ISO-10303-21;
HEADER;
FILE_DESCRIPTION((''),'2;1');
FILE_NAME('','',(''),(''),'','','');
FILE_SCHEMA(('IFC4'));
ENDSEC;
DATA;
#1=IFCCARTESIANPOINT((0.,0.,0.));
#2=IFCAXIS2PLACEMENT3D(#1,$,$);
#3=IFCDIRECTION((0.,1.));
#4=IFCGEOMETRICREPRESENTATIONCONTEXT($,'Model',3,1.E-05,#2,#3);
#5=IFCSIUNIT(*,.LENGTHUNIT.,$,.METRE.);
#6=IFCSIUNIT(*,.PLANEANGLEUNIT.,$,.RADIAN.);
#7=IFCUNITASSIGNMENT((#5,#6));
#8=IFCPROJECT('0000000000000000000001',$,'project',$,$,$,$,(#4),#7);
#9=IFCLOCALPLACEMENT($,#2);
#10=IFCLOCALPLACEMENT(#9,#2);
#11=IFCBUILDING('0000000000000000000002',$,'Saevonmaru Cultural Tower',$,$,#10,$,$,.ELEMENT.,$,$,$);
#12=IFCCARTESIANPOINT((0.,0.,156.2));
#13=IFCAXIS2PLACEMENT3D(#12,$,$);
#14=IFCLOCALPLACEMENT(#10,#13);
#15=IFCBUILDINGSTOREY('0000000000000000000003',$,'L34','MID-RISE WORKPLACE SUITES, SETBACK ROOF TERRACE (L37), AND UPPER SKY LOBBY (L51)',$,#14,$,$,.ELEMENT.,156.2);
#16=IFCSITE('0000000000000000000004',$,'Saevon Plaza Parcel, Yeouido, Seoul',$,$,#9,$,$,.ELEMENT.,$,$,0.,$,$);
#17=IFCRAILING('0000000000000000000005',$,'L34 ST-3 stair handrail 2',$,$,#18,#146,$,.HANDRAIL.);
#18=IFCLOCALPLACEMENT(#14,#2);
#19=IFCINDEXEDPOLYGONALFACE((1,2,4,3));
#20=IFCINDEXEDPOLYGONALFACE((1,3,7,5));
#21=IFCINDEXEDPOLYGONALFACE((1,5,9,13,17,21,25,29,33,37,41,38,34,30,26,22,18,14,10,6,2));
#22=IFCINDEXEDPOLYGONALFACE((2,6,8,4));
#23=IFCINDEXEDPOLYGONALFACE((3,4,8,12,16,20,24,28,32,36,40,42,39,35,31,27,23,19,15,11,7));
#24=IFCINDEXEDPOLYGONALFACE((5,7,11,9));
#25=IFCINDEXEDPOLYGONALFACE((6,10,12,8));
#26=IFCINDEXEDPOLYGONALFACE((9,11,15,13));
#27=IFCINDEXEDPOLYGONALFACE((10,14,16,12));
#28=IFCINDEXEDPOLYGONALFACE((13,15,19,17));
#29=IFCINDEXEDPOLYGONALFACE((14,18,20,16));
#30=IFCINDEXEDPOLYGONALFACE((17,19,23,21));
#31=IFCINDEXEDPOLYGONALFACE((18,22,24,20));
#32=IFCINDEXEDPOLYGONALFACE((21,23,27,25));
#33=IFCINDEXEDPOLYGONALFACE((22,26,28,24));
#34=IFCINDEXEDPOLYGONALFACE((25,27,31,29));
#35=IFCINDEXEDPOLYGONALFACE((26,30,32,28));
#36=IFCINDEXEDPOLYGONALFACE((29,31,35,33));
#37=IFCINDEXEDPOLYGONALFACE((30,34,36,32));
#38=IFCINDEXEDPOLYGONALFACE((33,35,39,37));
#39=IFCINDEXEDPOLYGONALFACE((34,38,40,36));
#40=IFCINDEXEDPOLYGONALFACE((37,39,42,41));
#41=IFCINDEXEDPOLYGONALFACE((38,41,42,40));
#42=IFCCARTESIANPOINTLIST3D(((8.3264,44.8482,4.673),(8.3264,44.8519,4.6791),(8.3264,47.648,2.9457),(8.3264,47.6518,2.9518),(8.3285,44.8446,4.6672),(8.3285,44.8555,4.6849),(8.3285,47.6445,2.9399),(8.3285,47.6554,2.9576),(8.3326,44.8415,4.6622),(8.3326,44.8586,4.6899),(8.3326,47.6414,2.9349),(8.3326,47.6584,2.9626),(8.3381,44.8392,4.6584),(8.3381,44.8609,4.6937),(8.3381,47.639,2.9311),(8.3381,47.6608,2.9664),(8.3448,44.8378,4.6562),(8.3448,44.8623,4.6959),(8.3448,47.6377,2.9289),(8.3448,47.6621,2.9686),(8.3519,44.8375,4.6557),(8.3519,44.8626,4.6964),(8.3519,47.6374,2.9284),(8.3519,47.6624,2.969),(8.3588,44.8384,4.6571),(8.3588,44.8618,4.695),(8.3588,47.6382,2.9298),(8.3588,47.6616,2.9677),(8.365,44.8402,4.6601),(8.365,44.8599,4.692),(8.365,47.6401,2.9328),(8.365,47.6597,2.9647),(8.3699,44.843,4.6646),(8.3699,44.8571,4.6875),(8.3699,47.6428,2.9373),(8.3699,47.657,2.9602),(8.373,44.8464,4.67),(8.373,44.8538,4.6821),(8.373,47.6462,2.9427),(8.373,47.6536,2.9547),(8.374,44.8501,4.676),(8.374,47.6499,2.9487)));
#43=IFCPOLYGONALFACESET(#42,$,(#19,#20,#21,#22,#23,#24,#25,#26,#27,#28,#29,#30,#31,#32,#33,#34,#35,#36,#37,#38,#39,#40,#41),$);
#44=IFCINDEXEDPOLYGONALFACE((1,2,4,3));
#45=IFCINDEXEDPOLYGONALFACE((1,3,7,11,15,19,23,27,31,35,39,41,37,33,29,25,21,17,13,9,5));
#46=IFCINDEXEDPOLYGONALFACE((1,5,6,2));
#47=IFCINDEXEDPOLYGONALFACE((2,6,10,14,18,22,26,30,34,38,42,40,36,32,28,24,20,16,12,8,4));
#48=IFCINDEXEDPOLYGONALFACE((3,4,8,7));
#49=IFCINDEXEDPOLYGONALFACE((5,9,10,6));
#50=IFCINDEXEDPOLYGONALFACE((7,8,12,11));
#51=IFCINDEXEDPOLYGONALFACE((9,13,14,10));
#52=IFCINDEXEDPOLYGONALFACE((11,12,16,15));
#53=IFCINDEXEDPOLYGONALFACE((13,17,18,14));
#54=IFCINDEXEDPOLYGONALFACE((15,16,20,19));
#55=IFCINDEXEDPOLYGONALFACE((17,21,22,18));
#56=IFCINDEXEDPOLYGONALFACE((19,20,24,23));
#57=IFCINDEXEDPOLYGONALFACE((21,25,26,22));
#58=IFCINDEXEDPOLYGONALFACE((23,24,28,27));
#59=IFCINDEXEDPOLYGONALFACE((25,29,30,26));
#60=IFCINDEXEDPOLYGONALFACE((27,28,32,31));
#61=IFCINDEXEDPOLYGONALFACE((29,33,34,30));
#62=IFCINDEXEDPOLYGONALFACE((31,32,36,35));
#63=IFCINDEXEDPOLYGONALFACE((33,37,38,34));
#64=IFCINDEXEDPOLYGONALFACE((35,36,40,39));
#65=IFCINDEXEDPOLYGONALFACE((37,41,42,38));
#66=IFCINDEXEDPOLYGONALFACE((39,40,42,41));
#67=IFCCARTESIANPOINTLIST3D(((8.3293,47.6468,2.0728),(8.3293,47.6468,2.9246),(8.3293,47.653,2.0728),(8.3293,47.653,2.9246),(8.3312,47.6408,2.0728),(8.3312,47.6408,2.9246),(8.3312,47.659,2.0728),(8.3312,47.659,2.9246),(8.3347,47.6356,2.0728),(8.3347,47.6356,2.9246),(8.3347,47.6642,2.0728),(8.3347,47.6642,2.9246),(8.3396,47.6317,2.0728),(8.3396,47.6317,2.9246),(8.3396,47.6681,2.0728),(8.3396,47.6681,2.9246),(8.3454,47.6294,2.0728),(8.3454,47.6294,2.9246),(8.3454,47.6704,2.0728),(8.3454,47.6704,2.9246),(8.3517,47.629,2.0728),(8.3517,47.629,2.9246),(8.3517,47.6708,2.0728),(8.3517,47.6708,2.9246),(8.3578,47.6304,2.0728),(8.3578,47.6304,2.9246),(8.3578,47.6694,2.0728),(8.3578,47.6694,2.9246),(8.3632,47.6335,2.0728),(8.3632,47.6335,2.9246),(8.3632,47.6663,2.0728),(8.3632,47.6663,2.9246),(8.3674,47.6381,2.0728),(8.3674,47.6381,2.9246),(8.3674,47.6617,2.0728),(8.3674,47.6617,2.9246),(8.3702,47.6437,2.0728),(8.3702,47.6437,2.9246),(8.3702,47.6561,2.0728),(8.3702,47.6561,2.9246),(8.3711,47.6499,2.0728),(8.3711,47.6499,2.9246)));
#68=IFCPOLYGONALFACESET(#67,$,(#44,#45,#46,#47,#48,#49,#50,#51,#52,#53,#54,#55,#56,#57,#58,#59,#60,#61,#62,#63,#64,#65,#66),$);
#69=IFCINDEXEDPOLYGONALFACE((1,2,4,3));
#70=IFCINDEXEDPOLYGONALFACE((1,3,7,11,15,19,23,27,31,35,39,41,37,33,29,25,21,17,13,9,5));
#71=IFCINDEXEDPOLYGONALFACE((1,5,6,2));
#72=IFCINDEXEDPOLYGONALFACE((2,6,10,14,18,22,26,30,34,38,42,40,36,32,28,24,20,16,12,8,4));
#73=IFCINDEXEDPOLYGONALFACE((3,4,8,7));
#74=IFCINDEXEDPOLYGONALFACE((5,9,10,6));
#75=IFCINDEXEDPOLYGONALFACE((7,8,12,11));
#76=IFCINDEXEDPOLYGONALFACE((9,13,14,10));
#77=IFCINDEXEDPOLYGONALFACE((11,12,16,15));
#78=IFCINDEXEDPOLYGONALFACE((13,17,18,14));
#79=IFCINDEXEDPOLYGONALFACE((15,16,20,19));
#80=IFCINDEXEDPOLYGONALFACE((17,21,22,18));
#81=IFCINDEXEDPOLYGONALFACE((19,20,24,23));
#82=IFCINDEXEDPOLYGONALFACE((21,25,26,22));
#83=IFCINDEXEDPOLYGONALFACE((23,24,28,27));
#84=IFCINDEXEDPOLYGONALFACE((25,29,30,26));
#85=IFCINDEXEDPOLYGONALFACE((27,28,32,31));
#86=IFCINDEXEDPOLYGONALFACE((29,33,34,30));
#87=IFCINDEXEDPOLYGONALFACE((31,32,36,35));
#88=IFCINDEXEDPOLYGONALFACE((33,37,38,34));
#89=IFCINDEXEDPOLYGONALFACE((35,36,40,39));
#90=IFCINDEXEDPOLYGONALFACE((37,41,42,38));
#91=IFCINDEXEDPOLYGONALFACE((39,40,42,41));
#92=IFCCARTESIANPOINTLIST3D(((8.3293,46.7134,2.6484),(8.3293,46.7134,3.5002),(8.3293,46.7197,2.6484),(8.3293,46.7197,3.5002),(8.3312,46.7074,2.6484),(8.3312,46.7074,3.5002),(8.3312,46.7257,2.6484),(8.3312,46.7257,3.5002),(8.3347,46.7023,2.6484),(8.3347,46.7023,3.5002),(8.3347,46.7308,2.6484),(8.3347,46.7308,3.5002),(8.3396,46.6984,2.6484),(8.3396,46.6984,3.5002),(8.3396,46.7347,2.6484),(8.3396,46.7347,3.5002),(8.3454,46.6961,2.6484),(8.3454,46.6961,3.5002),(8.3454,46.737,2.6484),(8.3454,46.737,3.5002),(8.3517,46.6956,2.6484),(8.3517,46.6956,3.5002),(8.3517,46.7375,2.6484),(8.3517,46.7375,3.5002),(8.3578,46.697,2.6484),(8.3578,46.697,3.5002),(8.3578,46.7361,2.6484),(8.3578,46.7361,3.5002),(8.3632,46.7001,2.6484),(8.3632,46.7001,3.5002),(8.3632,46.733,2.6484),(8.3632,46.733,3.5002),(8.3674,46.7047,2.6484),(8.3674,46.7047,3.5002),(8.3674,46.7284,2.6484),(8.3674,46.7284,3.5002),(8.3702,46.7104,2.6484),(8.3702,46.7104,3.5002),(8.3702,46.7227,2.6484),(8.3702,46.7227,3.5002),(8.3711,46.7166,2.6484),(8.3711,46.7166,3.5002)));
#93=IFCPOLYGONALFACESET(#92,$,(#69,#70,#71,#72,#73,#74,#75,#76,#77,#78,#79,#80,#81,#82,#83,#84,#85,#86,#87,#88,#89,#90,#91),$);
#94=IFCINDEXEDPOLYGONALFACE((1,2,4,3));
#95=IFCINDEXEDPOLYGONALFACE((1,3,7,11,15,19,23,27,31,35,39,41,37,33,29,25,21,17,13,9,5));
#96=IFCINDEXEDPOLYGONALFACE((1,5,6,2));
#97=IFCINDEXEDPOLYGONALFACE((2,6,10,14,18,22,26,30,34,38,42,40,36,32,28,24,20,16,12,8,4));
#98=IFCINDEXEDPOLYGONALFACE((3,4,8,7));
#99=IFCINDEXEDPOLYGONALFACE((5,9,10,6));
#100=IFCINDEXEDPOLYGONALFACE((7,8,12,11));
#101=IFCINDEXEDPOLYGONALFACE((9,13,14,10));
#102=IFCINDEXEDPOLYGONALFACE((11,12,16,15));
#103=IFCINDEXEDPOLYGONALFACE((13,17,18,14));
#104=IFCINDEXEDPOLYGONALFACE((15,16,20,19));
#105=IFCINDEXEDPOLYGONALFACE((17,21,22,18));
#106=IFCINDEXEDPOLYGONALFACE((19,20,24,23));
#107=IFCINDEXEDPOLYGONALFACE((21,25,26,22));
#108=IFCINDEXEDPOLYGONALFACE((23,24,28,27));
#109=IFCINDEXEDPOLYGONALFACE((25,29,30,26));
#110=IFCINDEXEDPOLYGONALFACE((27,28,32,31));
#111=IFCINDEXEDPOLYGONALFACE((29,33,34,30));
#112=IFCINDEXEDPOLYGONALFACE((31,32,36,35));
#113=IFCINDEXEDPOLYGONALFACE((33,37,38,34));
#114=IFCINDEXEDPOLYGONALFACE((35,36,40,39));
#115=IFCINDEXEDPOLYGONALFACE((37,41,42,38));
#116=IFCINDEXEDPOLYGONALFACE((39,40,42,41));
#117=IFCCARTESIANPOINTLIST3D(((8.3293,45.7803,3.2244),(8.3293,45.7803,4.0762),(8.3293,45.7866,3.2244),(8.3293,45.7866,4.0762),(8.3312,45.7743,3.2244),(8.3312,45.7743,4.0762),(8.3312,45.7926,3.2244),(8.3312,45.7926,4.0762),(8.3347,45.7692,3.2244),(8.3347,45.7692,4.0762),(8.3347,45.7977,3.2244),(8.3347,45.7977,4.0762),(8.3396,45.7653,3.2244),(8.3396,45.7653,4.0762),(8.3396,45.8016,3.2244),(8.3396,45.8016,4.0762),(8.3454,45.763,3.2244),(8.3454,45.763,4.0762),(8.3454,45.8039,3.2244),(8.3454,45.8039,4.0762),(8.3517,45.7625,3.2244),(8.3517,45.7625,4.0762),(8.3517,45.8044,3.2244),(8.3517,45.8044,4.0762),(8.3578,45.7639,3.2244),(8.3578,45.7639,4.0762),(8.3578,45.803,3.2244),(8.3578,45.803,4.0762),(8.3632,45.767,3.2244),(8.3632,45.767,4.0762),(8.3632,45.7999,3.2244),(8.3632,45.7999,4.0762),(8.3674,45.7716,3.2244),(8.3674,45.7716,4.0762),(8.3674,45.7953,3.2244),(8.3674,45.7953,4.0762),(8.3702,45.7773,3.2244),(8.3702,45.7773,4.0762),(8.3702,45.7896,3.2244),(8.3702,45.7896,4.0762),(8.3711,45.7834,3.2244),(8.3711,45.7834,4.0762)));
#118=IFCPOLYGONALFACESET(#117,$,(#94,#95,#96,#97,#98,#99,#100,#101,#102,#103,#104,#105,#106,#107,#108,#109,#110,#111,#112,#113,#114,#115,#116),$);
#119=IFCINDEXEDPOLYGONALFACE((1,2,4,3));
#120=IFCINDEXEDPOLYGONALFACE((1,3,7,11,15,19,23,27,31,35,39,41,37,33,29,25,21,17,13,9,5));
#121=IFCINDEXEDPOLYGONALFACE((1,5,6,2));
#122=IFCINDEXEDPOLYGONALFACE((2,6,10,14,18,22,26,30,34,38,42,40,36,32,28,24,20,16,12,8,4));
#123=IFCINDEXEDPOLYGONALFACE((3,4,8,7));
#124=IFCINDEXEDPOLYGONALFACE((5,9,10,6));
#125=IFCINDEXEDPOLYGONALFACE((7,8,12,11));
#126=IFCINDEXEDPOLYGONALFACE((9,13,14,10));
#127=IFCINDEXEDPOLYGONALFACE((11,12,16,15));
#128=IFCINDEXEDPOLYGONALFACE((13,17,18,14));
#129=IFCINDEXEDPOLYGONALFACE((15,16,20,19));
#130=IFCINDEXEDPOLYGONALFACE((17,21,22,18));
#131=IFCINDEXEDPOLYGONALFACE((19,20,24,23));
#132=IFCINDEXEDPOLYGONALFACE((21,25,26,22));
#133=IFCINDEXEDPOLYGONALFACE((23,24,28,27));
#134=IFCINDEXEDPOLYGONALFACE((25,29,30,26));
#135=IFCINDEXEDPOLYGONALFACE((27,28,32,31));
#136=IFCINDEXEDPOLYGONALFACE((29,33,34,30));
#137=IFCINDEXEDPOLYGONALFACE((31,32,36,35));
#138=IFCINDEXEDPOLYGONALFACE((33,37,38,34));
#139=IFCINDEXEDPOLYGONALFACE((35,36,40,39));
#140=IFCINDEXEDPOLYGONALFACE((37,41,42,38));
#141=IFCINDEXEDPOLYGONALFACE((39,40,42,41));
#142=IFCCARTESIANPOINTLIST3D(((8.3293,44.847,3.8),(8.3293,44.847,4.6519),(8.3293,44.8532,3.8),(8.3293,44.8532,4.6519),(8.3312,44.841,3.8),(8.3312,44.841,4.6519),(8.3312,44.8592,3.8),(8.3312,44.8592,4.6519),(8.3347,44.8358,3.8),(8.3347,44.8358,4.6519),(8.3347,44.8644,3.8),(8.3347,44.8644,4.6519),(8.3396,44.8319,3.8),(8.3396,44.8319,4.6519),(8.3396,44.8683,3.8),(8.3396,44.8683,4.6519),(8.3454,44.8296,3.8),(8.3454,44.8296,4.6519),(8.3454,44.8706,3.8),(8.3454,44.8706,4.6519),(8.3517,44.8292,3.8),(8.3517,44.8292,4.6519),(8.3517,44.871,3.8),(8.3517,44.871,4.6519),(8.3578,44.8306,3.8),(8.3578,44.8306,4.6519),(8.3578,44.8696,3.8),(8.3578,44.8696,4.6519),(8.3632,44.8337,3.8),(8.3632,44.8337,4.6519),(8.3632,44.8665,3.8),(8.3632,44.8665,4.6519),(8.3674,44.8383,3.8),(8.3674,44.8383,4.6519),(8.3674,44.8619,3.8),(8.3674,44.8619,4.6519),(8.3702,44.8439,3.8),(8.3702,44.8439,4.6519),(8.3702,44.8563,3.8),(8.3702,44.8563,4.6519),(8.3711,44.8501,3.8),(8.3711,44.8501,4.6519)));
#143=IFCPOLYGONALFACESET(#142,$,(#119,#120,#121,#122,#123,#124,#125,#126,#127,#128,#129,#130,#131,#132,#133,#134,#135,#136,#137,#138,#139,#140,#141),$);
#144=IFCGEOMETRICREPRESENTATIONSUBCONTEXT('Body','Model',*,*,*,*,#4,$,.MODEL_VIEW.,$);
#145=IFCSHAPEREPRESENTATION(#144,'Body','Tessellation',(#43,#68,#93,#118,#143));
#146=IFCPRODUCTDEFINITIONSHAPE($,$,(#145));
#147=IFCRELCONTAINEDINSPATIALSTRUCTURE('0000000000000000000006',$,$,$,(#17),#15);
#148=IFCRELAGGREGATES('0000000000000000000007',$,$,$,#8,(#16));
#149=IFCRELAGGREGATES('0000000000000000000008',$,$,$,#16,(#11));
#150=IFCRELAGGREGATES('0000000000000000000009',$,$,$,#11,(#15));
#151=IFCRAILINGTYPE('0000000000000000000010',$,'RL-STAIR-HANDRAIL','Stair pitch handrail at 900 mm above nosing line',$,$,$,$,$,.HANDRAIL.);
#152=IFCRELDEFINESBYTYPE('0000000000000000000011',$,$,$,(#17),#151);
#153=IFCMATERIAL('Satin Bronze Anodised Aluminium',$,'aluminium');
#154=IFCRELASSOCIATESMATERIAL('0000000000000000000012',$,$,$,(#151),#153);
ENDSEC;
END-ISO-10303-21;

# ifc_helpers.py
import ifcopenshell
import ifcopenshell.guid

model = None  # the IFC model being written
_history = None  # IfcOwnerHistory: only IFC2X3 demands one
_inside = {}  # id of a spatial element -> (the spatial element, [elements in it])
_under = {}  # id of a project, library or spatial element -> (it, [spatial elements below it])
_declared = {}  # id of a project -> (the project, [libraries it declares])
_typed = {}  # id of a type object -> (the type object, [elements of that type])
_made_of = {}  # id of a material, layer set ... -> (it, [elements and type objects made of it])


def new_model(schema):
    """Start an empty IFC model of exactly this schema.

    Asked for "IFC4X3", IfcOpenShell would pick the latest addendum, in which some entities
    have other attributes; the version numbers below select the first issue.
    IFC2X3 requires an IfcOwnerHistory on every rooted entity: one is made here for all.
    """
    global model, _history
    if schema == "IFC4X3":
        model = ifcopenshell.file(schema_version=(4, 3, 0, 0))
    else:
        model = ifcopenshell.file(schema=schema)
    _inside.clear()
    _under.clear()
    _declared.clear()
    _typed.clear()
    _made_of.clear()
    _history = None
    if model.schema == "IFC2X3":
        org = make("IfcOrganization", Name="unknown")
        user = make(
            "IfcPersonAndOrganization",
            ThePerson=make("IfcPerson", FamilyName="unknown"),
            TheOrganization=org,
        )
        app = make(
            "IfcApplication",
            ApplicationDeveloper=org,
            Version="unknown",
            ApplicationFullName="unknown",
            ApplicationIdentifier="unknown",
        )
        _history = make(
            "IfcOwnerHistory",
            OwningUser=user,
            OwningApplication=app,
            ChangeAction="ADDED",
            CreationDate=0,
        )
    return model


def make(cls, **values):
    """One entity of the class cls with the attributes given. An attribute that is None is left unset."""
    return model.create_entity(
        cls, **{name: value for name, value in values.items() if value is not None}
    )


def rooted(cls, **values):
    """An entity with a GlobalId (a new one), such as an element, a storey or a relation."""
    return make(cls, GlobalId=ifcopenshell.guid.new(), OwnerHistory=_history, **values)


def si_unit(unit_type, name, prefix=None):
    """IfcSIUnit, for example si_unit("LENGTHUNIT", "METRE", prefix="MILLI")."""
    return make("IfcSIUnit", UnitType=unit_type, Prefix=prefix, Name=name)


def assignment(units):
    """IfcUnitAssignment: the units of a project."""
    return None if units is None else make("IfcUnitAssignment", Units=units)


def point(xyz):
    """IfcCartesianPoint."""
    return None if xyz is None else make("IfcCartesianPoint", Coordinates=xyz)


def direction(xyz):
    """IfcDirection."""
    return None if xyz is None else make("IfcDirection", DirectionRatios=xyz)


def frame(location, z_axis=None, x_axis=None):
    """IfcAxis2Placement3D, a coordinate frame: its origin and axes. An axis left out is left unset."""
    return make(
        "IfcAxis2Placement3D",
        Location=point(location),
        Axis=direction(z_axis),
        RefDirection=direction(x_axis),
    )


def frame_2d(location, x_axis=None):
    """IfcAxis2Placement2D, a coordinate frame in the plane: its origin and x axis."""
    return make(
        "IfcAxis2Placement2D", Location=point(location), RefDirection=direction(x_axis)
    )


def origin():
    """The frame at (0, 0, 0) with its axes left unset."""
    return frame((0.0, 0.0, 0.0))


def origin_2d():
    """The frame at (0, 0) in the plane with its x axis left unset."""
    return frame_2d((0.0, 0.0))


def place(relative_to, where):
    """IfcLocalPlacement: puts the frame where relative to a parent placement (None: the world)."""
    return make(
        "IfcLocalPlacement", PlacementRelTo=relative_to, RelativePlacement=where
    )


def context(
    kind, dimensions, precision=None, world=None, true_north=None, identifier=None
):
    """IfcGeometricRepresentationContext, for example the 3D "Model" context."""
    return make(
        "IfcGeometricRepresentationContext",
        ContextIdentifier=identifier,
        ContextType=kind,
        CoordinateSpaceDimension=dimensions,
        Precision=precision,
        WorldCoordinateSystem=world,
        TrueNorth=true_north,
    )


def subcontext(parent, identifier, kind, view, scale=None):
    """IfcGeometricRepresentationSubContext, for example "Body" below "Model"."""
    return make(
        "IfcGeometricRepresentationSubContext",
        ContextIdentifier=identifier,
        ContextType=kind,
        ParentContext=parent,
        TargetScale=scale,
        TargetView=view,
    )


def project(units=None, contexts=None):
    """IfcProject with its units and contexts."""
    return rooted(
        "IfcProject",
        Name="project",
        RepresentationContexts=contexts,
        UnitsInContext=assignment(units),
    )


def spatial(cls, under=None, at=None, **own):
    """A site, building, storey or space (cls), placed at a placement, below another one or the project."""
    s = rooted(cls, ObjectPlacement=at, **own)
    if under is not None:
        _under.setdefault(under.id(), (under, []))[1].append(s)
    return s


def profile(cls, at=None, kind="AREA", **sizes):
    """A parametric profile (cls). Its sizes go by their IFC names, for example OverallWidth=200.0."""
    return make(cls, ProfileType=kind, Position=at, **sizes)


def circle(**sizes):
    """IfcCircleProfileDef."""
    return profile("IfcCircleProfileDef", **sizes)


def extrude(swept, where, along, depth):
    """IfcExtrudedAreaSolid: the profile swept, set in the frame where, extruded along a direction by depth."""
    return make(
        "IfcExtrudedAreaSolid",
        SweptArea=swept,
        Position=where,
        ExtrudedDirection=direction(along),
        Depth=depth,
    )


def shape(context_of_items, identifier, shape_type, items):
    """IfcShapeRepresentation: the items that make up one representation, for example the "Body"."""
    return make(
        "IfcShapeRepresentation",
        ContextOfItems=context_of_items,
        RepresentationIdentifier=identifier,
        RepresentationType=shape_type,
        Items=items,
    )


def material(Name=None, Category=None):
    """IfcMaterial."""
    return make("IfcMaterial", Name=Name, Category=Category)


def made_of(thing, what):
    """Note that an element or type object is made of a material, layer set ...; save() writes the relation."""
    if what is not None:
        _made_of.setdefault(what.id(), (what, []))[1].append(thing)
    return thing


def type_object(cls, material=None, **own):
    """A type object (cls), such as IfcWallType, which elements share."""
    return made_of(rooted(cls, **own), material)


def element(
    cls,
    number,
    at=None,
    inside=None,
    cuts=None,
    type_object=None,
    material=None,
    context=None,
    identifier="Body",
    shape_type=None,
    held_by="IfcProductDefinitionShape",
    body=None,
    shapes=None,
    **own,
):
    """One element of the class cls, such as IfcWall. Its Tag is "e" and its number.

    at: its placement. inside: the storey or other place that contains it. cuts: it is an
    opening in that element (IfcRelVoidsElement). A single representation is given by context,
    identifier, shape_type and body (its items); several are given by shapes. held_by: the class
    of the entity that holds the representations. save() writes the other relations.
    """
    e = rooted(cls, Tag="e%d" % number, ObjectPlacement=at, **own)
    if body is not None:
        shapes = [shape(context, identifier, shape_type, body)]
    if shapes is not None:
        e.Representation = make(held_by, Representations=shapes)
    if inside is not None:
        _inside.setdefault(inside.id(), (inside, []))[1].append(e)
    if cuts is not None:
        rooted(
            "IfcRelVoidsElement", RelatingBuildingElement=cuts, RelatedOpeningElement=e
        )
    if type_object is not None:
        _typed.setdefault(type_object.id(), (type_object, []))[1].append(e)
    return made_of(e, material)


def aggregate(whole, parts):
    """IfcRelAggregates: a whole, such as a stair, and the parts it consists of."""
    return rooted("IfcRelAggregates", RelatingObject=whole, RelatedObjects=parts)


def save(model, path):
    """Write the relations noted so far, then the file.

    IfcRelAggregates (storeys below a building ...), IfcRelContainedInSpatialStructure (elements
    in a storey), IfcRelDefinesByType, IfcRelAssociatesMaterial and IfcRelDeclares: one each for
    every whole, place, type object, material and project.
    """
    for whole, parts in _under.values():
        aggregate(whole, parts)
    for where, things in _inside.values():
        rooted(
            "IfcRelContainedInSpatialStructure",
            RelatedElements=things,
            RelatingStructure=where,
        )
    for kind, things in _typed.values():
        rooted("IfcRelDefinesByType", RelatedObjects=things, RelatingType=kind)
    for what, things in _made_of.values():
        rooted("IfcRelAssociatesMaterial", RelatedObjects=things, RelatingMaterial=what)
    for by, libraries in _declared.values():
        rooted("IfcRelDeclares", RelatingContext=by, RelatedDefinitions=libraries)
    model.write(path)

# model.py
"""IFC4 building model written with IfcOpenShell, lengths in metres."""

from ifc_helpers import new_model, si_unit, direction, frame, origin, origin_2d, place, context, subcontext, project, spatial, circle, extrude, material, type_object, element, save


model = new_model("IFC4")

# Units and contexts
model_context = context("Model", 3, precision=1e-05, world=origin(), true_north=direction((0.0, 1.0)))
body_context = subcontext(model_context, "Body", "Model", "MODEL_VIEW")
ifc_project = project(units=[si_unit("LENGTHUNIT", "METRE"), si_unit("PLANEANGLEUNIT", "RADIAN")], contexts=[model_context])

# Site, building, storey
site_placement = place(None, origin())
site = spatial("IfcSite", under=ifc_project, at=site_placement, Name="Saevon Plaza Parcel, Yeouido, Seoul", CompositionType="ELEMENT", RefElevation=0.0)
building_placement = place(site_placement, origin())
building = spatial("IfcBuilding", under=site, at=building_placement, Name="Saevonmaru Cultural Tower", CompositionType="ELEMENT")
storey_placement = place(building_placement, frame((0.0, 0.0, 156.2)))
storey = spatial("IfcBuildingStorey", under=building, at=storey_placement, Name="L34", Description="MID-RISE WORKPLACE SUITES, SETBACK ROOF TERRACE (L37), AND UPPER SKY LOBBY (L51)", CompositionType="ELEMENT", Elevation=156.2)

# Shared definitions
ifc_material_1 = material(Name="Satin Bronze Anodised Aluminium", Category="aluminium")

# Railing
railing_type_1 = type_object("IfcRailingType", Name="RL-STAIR-HANDRAIL", Description="Stair pitch handrail at 900 mm above nosing line", PredefinedType="HANDRAIL", material=ifc_material_1)
railing_1_placement = place(storey_placement, frame((8.3501, 47.6499, 2.0728)))
element("IfcRailing", 1, at=railing_1_placement, inside=storey, type_object=railing_type_1, Name="L34 ST-3 stair handrail 2", PredefinedType="HANDRAIL", context=body_context, shape_type="SweptSolid", body=[
    extrude(circle(Radius=0.0239, at=origin_2d()), frame((0.0, 0.0, 0.876), z_axis=(0.0, -0.851069, 0.525054), x_axis=(1.0, 0.0, 0.0)), (0.0, 0.0, 1.0), 3.2898),
    extrude(circle(Radius=0.021, at=origin_2d()), origin(), (0.0, 0.0, 1.0), 0.8518),
    extrude(circle(Radius=0.021, at=origin_2d()), frame((0.0, -0.9333, 0.5757)), (0.0, 0.0, 1.0), 0.8518),
    extrude(circle(Radius=0.021, at=origin_2d()), frame((0.0, -1.8665, 1.1516)), (0.0, 0.0, 1.0), 0.8518),
    extrude(circle(Radius=0.021, at=origin_2d()), frame((0.0, -2.7998, 1.7273)), (0.0, 0.0, 1.0), 0.8518),
])

save(model, "model.ifc")
